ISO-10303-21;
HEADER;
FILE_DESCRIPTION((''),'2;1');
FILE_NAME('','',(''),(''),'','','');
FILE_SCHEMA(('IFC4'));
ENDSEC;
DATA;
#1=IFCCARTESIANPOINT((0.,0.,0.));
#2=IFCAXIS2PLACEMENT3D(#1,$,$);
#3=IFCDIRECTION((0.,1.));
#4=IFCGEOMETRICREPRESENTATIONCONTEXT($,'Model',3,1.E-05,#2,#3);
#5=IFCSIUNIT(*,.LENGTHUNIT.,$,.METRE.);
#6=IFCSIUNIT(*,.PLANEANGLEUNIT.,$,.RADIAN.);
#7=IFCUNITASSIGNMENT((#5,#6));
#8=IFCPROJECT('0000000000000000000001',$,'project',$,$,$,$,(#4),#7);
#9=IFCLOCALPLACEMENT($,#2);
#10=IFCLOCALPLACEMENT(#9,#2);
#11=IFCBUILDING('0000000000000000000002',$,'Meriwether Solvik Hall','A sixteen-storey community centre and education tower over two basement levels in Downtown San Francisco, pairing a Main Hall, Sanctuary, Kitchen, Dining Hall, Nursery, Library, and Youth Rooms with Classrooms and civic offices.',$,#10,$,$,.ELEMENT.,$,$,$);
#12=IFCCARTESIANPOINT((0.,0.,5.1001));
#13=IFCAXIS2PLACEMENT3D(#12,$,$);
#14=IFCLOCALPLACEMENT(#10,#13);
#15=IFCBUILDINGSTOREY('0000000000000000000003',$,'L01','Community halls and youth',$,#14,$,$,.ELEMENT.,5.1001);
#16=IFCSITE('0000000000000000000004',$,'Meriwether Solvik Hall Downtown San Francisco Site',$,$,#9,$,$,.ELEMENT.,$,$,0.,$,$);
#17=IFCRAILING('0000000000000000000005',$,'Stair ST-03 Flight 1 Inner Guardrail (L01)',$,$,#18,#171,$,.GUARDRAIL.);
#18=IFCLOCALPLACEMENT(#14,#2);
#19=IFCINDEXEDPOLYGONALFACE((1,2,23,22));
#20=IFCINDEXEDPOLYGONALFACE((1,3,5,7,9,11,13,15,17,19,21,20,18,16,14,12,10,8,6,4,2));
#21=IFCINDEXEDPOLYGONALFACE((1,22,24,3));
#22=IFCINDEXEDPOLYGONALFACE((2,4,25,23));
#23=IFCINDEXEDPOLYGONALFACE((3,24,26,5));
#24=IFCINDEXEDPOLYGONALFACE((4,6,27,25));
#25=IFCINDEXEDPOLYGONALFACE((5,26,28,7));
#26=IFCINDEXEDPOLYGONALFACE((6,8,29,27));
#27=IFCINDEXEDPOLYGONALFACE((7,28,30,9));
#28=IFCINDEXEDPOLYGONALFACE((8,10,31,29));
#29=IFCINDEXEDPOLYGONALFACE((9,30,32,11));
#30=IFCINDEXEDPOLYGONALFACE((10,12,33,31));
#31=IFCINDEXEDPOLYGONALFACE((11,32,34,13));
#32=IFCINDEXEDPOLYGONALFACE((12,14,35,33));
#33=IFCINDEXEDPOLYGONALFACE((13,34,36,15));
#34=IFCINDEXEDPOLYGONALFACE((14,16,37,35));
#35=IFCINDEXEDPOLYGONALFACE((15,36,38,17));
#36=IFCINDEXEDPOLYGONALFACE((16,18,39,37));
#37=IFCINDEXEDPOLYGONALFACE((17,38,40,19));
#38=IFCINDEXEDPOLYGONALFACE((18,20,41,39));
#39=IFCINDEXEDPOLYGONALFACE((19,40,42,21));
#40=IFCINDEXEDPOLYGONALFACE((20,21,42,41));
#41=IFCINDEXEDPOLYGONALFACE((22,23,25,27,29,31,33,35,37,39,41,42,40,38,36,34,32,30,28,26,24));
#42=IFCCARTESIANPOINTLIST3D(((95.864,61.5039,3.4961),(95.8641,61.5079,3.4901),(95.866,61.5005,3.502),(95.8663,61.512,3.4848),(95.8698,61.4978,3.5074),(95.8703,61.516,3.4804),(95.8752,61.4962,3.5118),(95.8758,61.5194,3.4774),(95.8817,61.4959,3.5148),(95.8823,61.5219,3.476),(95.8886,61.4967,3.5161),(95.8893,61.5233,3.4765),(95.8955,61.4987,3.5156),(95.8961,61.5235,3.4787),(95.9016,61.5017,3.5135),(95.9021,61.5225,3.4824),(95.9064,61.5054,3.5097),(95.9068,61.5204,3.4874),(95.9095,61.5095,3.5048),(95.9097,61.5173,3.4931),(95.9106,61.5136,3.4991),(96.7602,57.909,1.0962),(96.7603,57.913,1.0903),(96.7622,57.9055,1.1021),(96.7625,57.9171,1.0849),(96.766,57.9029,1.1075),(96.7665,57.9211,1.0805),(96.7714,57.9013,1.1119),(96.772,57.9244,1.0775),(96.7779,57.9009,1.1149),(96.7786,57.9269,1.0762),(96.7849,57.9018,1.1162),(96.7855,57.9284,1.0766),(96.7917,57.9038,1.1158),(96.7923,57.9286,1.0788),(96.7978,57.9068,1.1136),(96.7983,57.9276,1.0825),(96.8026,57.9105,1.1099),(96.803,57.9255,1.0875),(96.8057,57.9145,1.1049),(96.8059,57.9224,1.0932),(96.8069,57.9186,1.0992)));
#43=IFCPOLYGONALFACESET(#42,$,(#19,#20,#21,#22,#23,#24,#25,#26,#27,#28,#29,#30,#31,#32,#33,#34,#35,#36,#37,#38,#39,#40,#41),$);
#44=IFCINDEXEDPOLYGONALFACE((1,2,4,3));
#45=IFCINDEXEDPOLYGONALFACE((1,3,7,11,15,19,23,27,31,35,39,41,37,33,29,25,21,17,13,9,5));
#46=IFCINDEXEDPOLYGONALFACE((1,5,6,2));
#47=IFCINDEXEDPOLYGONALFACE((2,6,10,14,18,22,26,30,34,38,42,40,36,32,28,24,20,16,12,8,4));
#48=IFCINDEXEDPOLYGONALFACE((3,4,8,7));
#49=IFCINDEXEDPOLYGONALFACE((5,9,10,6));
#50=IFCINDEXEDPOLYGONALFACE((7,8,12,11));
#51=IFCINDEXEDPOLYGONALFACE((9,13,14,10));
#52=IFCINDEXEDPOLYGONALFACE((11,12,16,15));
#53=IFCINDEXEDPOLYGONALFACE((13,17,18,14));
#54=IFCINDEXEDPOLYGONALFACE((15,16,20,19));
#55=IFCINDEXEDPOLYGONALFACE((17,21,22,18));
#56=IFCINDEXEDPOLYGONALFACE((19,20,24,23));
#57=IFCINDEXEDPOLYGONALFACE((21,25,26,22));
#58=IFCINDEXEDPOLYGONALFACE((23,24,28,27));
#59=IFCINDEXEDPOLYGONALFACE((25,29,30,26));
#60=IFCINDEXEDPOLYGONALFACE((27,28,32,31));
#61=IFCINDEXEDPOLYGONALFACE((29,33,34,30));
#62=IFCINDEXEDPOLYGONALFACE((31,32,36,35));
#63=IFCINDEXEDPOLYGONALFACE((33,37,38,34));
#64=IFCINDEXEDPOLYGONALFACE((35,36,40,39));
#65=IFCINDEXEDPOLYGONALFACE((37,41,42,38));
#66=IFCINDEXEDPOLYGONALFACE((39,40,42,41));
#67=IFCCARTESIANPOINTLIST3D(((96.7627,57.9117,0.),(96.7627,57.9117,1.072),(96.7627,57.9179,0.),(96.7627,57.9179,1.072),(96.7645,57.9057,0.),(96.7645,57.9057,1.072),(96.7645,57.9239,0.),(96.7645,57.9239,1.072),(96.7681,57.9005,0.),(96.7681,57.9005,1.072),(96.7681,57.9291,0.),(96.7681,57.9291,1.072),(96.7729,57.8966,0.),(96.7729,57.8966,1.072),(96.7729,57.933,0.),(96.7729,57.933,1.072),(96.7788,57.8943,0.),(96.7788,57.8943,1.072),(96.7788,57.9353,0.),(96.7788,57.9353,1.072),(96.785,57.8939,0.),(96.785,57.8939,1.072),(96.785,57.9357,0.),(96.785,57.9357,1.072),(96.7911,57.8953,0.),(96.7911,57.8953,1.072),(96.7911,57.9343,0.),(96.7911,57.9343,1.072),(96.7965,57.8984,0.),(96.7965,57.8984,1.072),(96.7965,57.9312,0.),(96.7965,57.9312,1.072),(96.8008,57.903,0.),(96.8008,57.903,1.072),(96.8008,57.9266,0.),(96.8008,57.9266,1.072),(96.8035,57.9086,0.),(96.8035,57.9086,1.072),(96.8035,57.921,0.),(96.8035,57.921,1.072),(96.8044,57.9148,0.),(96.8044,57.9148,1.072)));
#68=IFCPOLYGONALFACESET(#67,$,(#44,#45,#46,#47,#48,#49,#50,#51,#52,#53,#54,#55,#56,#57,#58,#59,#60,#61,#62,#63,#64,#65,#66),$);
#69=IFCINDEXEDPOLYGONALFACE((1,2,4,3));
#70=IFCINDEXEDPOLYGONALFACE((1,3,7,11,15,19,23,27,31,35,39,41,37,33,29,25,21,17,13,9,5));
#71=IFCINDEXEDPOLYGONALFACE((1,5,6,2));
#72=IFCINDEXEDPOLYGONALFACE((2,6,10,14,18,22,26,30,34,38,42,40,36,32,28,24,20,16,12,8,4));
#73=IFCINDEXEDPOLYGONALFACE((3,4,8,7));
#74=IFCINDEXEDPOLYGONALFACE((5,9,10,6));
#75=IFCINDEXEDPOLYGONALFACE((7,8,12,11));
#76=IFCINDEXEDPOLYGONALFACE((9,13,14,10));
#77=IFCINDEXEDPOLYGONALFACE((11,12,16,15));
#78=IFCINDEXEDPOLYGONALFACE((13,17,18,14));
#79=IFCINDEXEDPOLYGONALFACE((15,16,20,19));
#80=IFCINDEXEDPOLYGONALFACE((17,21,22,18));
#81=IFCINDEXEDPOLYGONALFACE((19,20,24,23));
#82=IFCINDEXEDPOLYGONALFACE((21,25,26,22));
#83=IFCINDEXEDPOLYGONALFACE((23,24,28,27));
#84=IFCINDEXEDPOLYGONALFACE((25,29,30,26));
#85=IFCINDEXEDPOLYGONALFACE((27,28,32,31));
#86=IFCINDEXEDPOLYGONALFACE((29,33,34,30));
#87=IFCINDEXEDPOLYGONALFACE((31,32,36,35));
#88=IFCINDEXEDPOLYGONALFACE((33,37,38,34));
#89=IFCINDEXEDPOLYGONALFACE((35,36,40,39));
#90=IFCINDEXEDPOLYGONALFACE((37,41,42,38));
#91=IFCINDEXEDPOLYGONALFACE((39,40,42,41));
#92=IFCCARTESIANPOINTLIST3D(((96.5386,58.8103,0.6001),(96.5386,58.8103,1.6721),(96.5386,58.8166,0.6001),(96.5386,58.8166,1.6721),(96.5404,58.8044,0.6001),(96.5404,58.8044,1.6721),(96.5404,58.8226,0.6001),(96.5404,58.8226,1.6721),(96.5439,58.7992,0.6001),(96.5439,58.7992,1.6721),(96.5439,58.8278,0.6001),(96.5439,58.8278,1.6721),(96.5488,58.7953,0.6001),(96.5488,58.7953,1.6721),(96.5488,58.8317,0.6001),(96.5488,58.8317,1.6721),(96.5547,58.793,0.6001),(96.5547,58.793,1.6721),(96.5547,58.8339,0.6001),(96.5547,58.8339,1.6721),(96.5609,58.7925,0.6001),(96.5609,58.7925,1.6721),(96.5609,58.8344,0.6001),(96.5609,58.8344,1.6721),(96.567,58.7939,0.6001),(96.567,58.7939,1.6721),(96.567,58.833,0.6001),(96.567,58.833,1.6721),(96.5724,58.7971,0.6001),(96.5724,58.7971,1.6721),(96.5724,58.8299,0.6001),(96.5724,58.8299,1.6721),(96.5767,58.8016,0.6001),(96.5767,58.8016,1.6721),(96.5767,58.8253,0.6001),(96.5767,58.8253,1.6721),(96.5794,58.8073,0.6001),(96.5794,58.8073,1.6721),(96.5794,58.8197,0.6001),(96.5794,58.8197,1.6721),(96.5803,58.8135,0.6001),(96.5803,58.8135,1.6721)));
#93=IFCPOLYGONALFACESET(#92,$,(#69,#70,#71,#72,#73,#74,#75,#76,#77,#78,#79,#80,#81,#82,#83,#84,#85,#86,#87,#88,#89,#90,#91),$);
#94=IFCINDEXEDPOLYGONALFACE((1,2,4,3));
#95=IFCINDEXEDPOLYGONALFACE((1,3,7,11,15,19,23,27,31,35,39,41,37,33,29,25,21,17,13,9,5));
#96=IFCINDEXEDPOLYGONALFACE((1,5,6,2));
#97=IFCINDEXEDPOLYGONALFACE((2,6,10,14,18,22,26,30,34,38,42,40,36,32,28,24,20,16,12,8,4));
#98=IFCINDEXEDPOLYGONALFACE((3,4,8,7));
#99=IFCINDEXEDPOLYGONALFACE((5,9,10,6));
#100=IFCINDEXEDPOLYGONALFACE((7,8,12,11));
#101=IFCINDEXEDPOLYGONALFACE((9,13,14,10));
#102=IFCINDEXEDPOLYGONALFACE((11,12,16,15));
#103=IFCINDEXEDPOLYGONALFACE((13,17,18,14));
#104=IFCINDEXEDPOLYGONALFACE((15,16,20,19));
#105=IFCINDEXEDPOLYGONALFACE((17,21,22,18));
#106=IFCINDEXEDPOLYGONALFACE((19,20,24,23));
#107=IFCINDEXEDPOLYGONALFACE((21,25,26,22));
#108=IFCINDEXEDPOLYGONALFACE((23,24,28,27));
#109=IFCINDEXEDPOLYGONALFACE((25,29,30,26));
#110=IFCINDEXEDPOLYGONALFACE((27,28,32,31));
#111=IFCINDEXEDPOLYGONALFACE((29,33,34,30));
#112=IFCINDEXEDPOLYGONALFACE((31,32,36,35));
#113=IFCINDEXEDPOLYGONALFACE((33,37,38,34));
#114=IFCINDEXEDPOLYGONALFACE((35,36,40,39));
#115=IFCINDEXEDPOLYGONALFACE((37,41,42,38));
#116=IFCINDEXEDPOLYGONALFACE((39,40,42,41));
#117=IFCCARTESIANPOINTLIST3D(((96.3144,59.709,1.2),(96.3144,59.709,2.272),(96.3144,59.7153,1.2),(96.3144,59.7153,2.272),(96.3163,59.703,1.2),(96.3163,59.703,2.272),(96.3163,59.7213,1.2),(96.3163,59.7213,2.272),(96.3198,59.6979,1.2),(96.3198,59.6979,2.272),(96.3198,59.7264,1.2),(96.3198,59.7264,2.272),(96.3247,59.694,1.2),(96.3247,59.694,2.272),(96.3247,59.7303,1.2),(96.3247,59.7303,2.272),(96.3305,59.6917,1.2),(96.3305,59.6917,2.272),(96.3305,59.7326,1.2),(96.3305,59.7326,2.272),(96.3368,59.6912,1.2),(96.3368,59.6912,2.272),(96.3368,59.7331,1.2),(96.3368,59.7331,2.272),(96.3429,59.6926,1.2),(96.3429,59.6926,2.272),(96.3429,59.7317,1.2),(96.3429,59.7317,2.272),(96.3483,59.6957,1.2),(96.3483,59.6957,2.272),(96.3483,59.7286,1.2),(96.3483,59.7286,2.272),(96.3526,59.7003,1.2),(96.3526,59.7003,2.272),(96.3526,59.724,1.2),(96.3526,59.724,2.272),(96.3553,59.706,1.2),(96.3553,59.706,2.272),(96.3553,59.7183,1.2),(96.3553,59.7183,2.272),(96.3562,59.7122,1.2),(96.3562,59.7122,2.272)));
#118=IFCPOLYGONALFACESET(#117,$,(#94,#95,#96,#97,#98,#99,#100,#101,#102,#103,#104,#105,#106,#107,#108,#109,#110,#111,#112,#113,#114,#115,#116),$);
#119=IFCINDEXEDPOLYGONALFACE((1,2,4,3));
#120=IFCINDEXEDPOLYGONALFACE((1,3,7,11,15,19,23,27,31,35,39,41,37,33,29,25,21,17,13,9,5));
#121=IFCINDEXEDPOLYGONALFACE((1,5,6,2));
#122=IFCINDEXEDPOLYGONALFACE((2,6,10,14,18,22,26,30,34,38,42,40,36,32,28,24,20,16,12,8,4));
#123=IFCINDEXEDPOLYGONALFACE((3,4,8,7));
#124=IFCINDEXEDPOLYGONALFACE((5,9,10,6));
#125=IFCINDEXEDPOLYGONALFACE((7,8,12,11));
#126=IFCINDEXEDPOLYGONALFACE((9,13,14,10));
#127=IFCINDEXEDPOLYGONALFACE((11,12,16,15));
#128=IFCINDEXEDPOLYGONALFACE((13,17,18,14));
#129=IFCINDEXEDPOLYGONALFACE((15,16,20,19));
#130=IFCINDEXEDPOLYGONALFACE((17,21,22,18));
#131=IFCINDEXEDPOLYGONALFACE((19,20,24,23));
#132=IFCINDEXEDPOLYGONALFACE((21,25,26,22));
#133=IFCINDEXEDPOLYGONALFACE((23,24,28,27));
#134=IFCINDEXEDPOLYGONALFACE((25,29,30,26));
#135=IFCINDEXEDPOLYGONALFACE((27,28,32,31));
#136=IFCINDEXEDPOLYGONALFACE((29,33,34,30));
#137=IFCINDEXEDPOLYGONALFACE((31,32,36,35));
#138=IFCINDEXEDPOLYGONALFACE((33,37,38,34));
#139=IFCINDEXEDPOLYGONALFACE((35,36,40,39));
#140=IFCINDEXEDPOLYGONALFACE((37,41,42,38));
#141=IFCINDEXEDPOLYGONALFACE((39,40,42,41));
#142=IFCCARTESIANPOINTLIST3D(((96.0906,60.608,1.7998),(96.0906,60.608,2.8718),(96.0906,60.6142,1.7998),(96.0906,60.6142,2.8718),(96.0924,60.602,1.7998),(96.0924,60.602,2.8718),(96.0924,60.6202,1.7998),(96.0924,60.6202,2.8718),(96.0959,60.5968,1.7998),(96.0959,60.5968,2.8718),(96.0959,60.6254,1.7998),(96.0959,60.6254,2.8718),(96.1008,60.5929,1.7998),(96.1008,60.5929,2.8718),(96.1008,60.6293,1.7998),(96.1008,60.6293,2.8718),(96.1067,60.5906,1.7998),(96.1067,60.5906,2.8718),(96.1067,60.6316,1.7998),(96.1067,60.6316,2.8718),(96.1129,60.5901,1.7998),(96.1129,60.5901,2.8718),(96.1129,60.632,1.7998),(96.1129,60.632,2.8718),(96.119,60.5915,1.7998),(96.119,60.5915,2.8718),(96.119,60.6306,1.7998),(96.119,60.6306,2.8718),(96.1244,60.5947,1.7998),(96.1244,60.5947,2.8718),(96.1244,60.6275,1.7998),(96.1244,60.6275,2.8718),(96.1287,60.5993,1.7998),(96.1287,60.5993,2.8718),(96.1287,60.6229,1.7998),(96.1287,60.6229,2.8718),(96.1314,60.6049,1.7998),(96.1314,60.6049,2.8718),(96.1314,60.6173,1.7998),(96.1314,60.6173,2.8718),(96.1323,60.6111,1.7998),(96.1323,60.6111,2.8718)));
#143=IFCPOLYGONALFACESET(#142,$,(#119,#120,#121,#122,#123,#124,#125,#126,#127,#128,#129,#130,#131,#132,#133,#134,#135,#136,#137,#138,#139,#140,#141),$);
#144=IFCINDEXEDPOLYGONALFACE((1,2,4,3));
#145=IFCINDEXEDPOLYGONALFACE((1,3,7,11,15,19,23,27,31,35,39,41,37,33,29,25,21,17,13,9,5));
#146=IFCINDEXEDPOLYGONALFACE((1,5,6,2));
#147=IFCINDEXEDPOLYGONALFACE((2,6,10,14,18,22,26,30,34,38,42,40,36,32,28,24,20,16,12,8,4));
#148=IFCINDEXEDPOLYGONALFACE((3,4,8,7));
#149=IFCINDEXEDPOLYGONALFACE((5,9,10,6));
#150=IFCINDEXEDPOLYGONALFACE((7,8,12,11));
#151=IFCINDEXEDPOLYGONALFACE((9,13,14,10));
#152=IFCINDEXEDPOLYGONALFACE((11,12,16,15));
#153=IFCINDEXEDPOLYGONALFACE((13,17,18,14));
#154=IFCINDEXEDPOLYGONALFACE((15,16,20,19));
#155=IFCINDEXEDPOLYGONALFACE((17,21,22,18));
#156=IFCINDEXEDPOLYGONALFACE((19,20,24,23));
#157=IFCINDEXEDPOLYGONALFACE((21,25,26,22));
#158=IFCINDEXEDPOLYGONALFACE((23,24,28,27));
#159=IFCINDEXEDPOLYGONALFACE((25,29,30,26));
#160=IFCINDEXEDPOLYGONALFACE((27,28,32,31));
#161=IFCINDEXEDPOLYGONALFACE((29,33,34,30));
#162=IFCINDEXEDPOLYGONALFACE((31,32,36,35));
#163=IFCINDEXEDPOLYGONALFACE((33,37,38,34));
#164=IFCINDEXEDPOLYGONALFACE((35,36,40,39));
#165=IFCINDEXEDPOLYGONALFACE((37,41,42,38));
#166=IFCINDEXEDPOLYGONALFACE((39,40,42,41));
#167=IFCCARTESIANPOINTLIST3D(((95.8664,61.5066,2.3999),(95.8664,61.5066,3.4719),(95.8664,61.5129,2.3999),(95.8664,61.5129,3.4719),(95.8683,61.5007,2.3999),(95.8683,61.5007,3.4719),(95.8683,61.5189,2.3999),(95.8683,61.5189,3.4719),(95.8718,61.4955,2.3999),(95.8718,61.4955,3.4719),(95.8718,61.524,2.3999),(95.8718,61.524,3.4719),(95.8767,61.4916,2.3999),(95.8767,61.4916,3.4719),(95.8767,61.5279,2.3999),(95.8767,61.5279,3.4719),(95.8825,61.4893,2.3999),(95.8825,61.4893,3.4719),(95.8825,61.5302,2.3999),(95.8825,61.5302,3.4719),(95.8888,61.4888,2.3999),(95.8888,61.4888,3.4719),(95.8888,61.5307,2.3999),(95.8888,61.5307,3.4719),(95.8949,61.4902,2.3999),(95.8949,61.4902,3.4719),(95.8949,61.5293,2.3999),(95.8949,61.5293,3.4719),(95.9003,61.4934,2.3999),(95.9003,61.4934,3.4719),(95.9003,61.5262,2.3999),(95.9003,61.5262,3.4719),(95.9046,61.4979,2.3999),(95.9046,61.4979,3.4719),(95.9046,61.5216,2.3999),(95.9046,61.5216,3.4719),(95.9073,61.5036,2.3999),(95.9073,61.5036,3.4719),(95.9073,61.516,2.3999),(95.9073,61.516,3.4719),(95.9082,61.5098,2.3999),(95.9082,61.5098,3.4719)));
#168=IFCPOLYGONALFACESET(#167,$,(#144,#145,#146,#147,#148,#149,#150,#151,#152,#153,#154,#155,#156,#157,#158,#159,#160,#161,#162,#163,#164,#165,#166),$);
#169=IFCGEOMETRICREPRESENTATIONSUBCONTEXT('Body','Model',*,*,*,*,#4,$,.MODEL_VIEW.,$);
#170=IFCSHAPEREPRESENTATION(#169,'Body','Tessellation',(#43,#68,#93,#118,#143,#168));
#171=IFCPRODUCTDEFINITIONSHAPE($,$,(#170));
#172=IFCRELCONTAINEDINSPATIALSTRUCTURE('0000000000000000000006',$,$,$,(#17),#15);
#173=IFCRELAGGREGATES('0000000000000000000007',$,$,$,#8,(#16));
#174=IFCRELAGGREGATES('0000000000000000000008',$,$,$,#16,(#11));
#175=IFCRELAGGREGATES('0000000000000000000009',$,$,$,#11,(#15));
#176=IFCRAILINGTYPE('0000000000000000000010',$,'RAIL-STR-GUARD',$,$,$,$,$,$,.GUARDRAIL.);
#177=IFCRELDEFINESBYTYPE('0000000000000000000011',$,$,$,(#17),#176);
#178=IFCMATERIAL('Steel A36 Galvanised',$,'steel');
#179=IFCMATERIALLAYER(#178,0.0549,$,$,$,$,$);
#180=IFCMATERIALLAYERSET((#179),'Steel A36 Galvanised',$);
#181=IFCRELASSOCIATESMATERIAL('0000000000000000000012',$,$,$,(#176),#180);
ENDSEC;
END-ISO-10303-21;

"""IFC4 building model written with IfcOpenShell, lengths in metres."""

from ifc_helpers import new_model, si_unit, direction, frame, origin, origin_2d, place, context, subcontext, project, spatial, circle, extrude, material, layer, layer_set, type_object, element, save


model = new_model("IFC4")

# Units and contexts
model_context = context("Model", 3, precision=1e-05, world=origin(), true_north=direction((0.0, 1.0)))
body_context = subcontext(model_context, "Body", "Model", "MODEL_VIEW")
ifc_project = project(units=[si_unit("LENGTHUNIT", "METRE"), si_unit("PLANEANGLEUNIT", "RADIAN")], contexts=[model_context])

# Site, building, storey
site_placement = place(None, origin())
site = spatial("IfcSite", under=ifc_project, at=site_placement, Name="Meriwether Solvik Hall Downtown San Francisco Site", CompositionType="ELEMENT", RefElevation=0.0)
building_placement = place(site_placement, origin())
building = spatial("IfcBuilding", under=site, at=building_placement, Name="Meriwether Solvik Hall", Description="A sixteen-storey community centre and education tower over two basement levels in Downtown San Francisco, pairing a Main Hall, Sanctuary, Kitchen, Dining Hall, Nursery, Library, and Youth Rooms with Classrooms and civic offices.", CompositionType="ELEMENT")
storey_placement = place(building_placement, frame((0.0, 0.0, 5.1001)))
storey = spatial("IfcBuildingStorey", under=building, at=storey_placement, Name="L01", Description="Community halls and youth", CompositionType="ELEMENT", Elevation=5.1001)

# Railing
ifc_material_1 = material(Name="Steel A36 Galvanised", Category="steel")
ifc_layer_1 = layer(ifc_material_1, 0.0549)
ifc_layer_set_1 = layer_set([ifc_layer_1], Name="Steel A36 Galvanised")
railing_type_1 = type_object("IfcRailingType", Name="RAIL-STR-GUARD", PredefinedType="GUARDRAIL", material=ifc_layer_set_1)
railing_1_placement = place(storey_placement, frame((96.7834, 57.9148, 0.0)))
element("IfcRailing", 1, at=railing_1_placement, inside=storey, type_object=railing_type_1, Name="Stair ST-03 Flight 1 Inner Guardrail (L01)", PredefinedType="GUARDRAIL", context=body_context, shape_type="SweptSolid", body=[
    extrude(circle(Radius=0.0239, at=origin_2d()), frame((0.0, 0.0, 1.0962), z_axis=(-0.203028, 0.814381, 0.543658), x_axis=(-0.970301, -0.2419, 0.0)), (0.0, 0.0, 1.0), 4.4143),
    extrude(circle(Radius=0.021, at=origin_2d()), origin(), (0.0, 0.0, 1.0), 1.072),
    extrude(circle(Radius=0.021, at=origin_2d()), frame((-0.2241, 0.8987, 0.6001)), (0.0, 0.0, 1.0), 1.072),
    extrude(circle(Radius=0.021, at=origin_2d()), frame((-0.4482, 1.7974, 1.2)), (0.0, 0.0, 1.0), 1.072),
    extrude(circle(Radius=0.021, at=origin_2d()), frame((-0.6721, 2.6963, 1.7998)), (0.0, 0.0, 1.0), 1.072),
    extrude(circle(Radius=0.021, at=origin_2d()), frame((-0.8962, 3.595, 2.3999)), (0.0, 0.0, 1.0), 1.072),
])

save(model, "model.ifc")
